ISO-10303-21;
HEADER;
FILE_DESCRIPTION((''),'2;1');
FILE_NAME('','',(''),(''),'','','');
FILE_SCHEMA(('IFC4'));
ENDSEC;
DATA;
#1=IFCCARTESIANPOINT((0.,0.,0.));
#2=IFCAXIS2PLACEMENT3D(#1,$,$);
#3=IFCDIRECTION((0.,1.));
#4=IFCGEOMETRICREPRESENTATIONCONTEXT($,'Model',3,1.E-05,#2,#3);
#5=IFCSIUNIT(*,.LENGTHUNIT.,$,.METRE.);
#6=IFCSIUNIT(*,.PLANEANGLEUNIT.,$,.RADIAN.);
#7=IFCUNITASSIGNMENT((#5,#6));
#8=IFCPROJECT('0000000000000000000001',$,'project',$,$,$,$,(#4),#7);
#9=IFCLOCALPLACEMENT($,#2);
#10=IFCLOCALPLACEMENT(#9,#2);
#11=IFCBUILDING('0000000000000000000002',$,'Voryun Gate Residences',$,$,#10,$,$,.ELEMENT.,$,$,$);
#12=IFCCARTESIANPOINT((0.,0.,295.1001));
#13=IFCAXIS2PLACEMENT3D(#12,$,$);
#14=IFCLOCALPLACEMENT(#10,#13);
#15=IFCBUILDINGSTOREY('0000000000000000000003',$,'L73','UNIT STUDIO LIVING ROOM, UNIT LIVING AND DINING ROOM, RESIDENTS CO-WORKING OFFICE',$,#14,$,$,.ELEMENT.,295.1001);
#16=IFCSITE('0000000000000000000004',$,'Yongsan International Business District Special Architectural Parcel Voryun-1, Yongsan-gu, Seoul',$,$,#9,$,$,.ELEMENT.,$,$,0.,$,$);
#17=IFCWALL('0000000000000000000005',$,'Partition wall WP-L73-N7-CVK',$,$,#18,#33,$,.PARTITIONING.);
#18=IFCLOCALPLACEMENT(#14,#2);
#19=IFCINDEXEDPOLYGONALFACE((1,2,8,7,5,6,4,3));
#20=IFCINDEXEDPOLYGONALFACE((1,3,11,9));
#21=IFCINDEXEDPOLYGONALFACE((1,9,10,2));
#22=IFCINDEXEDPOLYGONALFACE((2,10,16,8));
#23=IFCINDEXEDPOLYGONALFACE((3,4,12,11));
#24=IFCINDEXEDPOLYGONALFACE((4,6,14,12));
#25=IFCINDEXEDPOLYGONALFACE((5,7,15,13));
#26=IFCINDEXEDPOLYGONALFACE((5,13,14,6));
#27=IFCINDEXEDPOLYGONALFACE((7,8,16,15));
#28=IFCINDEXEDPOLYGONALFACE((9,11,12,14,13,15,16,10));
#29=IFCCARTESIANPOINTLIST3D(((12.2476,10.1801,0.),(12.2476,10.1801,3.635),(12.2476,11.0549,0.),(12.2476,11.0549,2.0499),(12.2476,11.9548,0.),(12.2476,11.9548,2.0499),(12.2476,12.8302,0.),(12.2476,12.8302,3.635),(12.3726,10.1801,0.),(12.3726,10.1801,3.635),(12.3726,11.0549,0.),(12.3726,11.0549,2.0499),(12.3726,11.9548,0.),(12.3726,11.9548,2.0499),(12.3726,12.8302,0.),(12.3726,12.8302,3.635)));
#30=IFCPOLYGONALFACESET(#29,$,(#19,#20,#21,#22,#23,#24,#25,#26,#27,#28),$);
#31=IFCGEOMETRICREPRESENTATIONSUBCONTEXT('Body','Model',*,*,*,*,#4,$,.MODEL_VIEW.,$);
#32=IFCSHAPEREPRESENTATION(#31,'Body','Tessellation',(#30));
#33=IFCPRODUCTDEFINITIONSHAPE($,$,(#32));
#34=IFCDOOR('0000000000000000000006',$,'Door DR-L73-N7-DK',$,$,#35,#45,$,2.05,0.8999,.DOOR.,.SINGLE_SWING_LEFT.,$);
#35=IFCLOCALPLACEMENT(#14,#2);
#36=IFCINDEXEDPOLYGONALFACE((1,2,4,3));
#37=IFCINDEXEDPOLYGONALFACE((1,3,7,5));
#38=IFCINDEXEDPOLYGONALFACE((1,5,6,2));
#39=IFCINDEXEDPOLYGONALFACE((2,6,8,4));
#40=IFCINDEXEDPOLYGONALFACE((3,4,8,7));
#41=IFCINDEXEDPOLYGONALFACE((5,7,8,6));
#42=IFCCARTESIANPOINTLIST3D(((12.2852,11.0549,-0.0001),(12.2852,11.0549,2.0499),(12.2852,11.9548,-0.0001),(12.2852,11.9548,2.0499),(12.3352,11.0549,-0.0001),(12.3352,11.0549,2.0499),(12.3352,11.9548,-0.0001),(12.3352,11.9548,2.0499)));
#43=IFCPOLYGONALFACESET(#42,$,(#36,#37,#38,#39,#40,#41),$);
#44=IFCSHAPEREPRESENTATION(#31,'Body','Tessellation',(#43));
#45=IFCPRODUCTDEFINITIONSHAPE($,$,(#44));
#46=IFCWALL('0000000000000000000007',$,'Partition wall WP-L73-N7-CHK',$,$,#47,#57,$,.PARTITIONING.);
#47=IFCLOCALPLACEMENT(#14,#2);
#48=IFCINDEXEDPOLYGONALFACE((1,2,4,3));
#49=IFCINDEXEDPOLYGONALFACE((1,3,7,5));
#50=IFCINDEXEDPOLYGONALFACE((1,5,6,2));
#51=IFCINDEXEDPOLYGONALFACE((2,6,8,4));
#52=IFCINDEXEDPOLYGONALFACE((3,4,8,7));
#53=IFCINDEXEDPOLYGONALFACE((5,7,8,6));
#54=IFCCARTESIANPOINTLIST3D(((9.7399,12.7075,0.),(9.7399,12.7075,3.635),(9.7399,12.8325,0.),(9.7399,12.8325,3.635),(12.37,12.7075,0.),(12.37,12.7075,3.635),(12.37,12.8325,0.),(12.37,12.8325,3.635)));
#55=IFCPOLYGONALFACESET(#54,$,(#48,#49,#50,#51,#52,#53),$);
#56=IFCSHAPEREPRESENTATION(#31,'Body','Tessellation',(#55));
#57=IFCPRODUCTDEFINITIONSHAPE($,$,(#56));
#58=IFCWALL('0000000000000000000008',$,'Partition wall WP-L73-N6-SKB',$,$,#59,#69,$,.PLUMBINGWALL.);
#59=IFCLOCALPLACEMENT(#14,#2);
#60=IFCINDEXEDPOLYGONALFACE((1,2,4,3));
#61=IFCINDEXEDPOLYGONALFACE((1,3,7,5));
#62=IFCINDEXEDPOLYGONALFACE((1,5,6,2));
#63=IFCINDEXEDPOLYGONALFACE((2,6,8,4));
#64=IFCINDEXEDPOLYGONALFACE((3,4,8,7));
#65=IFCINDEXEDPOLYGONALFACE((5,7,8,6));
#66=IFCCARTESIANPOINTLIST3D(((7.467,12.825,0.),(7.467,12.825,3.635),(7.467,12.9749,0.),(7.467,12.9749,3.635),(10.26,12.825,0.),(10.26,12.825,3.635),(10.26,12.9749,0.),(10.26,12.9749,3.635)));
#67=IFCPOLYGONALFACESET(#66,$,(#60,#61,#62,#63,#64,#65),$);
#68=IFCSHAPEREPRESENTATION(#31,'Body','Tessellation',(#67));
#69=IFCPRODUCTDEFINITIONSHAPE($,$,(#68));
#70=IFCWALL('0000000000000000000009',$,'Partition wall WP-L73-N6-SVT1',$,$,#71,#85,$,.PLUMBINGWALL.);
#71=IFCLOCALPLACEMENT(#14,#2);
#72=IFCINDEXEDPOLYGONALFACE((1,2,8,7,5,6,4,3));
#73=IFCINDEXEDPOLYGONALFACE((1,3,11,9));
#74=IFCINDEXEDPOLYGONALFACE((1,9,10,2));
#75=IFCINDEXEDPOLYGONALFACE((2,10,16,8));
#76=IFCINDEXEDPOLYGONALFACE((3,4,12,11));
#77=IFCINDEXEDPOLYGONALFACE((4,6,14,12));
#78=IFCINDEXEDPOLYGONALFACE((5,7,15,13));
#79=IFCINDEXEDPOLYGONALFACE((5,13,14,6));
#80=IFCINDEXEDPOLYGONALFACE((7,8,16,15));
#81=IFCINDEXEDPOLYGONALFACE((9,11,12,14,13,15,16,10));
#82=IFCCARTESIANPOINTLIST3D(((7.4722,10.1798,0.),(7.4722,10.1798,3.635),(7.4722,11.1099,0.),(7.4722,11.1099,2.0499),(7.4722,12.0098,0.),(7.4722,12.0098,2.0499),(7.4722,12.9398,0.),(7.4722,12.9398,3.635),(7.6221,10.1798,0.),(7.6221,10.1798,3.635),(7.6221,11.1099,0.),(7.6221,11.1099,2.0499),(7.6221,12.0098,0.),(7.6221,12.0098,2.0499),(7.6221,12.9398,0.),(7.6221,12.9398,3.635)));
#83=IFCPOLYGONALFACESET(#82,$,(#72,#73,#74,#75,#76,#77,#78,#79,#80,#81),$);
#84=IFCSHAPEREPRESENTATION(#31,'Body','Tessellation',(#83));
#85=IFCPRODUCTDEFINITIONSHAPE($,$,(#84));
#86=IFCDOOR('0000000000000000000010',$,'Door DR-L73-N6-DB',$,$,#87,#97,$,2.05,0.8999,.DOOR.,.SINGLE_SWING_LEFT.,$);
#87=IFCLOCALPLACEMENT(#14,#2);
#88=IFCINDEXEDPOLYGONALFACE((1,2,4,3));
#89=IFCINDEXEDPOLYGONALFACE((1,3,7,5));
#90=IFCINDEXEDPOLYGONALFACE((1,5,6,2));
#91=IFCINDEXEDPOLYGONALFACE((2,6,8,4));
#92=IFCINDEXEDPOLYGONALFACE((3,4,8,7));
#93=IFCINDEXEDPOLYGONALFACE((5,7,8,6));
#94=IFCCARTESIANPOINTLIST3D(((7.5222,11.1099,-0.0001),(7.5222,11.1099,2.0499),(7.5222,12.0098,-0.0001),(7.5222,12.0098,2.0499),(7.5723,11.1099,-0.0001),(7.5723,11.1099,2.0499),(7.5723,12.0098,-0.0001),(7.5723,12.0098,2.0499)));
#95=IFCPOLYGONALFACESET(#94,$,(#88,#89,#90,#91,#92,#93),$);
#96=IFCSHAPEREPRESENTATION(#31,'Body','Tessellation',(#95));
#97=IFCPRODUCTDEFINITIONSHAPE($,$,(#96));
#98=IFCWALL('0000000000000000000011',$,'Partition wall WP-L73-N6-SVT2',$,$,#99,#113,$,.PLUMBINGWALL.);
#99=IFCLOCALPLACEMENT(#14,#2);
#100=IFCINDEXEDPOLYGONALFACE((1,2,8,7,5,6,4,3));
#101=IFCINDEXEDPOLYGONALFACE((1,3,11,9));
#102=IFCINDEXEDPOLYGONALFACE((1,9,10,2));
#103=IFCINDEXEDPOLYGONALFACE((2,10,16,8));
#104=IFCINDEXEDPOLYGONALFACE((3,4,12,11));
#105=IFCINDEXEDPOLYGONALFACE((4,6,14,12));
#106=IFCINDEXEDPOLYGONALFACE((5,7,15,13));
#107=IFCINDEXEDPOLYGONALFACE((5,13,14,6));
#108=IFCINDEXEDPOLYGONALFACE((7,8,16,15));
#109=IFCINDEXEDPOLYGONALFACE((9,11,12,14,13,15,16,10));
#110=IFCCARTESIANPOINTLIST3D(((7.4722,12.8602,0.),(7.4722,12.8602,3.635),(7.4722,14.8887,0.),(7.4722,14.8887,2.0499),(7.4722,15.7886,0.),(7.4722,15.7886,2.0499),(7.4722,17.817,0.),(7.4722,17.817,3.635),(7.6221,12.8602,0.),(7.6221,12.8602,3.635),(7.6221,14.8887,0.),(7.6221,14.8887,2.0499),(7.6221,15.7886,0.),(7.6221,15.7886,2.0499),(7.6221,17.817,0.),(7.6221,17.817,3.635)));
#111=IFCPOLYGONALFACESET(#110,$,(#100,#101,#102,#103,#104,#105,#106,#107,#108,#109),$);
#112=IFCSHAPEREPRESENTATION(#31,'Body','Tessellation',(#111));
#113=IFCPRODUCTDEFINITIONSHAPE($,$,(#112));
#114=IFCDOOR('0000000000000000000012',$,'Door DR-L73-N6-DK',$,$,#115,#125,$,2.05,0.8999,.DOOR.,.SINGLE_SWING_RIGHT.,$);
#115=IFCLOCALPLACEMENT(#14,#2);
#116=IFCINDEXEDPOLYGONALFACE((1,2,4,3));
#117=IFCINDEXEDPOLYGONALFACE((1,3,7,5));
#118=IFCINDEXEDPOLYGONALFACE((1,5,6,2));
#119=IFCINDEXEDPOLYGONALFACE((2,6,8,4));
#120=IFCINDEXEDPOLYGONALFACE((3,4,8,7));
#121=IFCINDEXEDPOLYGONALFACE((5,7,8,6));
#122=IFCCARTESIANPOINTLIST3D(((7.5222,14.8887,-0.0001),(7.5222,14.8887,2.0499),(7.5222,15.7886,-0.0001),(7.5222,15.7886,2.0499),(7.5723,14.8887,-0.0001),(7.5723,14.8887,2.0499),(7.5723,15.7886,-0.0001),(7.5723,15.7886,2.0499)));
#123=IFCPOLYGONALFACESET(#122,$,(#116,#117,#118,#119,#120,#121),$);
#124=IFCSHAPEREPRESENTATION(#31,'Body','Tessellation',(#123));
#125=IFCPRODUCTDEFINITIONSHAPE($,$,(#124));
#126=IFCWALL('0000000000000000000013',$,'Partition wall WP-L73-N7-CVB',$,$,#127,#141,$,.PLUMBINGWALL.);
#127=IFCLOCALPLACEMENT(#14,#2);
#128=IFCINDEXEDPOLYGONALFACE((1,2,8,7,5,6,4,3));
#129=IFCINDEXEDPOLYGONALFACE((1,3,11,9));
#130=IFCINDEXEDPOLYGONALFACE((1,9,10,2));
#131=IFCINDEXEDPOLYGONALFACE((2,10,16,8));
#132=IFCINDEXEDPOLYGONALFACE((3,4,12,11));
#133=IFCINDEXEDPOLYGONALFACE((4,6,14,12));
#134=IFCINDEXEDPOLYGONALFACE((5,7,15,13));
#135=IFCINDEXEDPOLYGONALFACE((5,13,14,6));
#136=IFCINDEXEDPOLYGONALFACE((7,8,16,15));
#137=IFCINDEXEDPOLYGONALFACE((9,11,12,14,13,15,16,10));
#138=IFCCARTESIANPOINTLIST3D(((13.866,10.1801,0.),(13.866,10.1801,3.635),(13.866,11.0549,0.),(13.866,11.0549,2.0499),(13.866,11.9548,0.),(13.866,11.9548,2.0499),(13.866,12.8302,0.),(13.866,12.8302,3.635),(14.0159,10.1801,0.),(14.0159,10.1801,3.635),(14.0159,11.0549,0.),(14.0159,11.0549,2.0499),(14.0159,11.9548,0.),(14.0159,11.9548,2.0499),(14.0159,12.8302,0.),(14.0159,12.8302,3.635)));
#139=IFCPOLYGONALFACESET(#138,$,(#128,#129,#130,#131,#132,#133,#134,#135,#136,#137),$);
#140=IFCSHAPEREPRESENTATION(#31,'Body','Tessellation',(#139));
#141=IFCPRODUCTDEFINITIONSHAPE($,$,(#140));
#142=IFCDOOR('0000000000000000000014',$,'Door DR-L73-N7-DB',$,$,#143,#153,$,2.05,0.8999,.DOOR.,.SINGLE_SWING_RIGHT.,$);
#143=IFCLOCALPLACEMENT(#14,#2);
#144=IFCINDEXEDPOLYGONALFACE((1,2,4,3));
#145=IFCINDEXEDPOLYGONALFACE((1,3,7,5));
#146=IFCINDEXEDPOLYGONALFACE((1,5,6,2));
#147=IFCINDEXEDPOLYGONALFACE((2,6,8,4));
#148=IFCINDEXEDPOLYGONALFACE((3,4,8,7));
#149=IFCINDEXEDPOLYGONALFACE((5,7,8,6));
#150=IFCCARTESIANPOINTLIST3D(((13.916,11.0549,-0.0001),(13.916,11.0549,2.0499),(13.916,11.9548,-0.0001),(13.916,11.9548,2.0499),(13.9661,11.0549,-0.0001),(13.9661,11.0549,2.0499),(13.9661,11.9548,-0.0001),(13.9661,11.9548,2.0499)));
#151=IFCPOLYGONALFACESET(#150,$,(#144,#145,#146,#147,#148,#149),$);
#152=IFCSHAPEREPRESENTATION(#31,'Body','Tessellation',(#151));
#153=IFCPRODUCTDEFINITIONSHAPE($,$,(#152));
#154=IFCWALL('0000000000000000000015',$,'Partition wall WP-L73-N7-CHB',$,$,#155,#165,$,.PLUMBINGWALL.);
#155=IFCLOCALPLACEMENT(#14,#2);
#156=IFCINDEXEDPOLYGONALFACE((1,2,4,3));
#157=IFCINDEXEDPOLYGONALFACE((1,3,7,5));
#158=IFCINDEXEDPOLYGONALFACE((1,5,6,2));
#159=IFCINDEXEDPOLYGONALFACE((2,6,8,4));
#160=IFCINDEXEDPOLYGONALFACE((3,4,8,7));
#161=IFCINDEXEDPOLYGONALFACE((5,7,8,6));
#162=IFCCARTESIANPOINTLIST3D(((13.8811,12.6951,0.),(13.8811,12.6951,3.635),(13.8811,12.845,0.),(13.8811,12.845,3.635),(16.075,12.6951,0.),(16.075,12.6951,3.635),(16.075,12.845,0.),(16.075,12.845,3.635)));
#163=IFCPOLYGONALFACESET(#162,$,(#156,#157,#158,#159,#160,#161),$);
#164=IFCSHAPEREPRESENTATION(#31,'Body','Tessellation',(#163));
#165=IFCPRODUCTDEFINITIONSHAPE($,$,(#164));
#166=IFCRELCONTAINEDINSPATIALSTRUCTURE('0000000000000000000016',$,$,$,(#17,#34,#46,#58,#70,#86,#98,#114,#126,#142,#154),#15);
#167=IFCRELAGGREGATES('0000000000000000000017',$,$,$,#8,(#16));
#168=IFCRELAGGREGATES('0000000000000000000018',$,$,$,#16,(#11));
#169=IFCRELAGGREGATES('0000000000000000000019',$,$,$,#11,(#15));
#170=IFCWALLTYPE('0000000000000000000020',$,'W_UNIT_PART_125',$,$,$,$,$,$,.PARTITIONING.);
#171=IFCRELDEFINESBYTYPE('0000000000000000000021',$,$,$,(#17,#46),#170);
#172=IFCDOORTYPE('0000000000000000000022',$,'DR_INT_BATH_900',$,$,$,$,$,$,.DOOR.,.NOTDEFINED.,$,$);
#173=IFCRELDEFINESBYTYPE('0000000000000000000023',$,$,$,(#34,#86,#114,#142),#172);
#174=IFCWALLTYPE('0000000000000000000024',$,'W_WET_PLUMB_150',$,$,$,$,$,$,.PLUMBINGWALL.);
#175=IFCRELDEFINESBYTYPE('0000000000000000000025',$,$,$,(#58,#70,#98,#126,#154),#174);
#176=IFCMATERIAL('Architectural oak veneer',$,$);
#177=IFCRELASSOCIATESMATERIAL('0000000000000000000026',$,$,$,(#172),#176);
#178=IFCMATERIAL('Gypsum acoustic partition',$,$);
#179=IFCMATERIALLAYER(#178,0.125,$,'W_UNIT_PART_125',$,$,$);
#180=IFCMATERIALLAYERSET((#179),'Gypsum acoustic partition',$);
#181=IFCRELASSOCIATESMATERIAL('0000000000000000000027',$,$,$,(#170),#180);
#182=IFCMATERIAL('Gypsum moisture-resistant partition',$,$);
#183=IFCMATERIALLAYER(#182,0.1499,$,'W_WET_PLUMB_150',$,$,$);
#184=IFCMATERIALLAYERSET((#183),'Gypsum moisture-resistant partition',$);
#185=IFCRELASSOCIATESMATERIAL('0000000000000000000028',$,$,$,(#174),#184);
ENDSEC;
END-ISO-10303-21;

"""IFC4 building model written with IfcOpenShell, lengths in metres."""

from ifc_helpers import new_model, si_unit, direction, frame, frame_2d, origin, place, context, subcontext, project, spatial, rectangle, extrude, material, layer, layer_set, type_object, element, fill, save


model = new_model("IFC4")

# Units and contexts
model_context = context("Model", 3, precision=1e-05, world=origin(), true_north=direction((0.0, 1.0)))
body_context = subcontext(model_context, "Body", "Model", "MODEL_VIEW")
ifc_project = project(units=[si_unit("LENGTHUNIT", "METRE"), si_unit("PLANEANGLEUNIT", "RADIAN")], contexts=[model_context])

# Site, building, storey
site_placement = place(None, origin())
site = spatial("IfcSite", under=ifc_project, at=site_placement, Name="Yongsan International Business District Special Architectural Parcel Voryun-1, Yongsan-gu, Seoul", CompositionType="ELEMENT", RefElevation=0.0)
building_placement = place(site_placement, origin())
building = spatial("IfcBuilding", under=site, at=building_placement, Name="Voryun Gate Residences", CompositionType="ELEMENT")
storey_placement = place(building_placement, frame((0.0, 0.0, 295.1001)))
storey = spatial("IfcBuildingStorey", under=building, at=storey_placement, Name="L73", Description="UNIT STUDIO LIVING ROOM, UNIT LIVING AND DINING ROOM, RESIDENTS CO-WORKING OFFICE", CompositionType="ELEMENT", Elevation=295.1001)

# Shared definitions
ifc_material_1 = material(Name="Architectural oak veneer")
door_type = type_object("IfcDoorType", Name="DR_INT_BATH_900", OperationType="NOTDEFINED", PredefinedType="DOOR", material=ifc_material_1)

# Wall, opening, door
ifc_material_2 = material(Name="Gypsum acoustic partition")
ifc_layer_1 = layer(ifc_material_2, 0.125, Name="W_UNIT_PART_125")
ifc_layer_set_1 = layer_set([ifc_layer_1], Name="Gypsum acoustic partition")
wall_type_1 = type_object("IfcWallType", Name="W_UNIT_PART_125", PredefinedType="PARTITIONING", material=ifc_layer_set_1)
wall_1_placement = place(storey_placement, frame((12.3101, 10.1799, 0.0), z_axis=(0.0, 0.0, 1.0), x_axis=(0.0, 1.0, 0.0)))
wall_1 = element("IfcWall", 1, at=wall_1_placement, inside=storey, type_object=wall_type_1, Name="Partition wall WP-L73-N7-CVK", PredefinedType="PARTITIONING", context=body_context, shape_type="SweptSolid", body=[
    extrude(rectangle(XDim=2.6501, YDim=0.125, at=frame_2d((1.3252, 0.0))), origin(), (0.0, 0.0, 1.0), 3.635),
])
opening_1_placement = place(wall_1_placement, frame((0.875, 0.0, 0.0)))
opening_1 = element("IfcOpeningElement", 2, at=opening_1_placement, cuts=wall_1, PredefinedType="OPENING", context=body_context, shape_type="SweptSolid", body=[
    extrude(rectangle(XDim=0.8999, YDim=2.05, at=frame_2d((0.45, 1.0249))), frame((0.0, 0.0725, 0.0), z_axis=(0.0, -1.0, 0.0), x_axis=(1.0, 0.0, 0.0)), (0.0, 0.0, 1.0), 0.145),
])
door_1_placement = place(opening_1_placement, origin())
door_1 = element("IfcDoor", 3, at=door_1_placement, inside=storey, type_object=door_type, Name="Door DR-L73-N7-DK", OperationType="SINGLE_SWING_LEFT", OverallHeight=2.05, OverallWidth=0.8999, PredefinedType="DOOR", context=body_context, shape_type="SweptSolid", body=[
    extrude(rectangle(XDim=0.8999, YDim=2.05, at=frame_2d((0.45, 1.0249))), frame((0.0, 0.0249, 0.0), z_axis=(0.0, -1.0, 0.0), x_axis=(1.0, 0.0, 0.0)), (0.0, 0.0, 1.0), 0.05),
])
fill(opening_1, door_1)

# Walls
wall_2_placement = place(storey_placement, frame((9.74, 12.77, 0.0), z_axis=(0.0, 0.0, 1.0), x_axis=(1.0, 0.0, 0.0)))
element("IfcWall", 4, at=wall_2_placement, inside=storey, type_object=wall_type_1, Name="Partition wall WP-L73-N7-CHK", PredefinedType="PARTITIONING", context=body_context, shape_type="SweptSolid", body=[
    extrude(rectangle(XDim=2.6301, YDim=0.125, at=frame_2d((1.3149, 0.0))), origin(), (0.0, 0.0, 1.0), 3.635),
])
ifc_material_3 = material(Name="Gypsum moisture-resistant partition")
ifc_layer_2 = layer(ifc_material_3, 0.1499, Name="W_WET_PLUMB_150")
ifc_layer_set_2 = layer_set([ifc_layer_2], Name="Gypsum moisture-resistant partition")
wall_type_2 = type_object("IfcWallType", Name="W_WET_PLUMB_150", PredefinedType="PLUMBINGWALL", material=ifc_layer_set_2)
wall_3_placement = place(storey_placement, frame((7.467, 12.8999, 0.0), z_axis=(0.0, 0.0, 1.0), x_axis=(1.0, 0.0, 0.0)))
element("IfcWall", 5, at=wall_3_placement, inside=storey, type_object=wall_type_2, Name="Partition wall WP-L73-N6-SKB", PredefinedType="PLUMBINGWALL", context=body_context, shape_type="SweptSolid", body=[
    extrude(rectangle(XDim=2.793, YDim=0.1499, at=frame_2d((1.3965, 0.0))), origin(), (0.0, 0.0, 1.0), 3.635),
])

# Walls, openings, doors
wall_4_placement = place(storey_placement, frame((7.5471, 10.1799, 0.0), z_axis=(0.0, 0.0, 1.0), x_axis=(0.0, 1.0, 0.0)))
wall_4 = element("IfcWall", 6, at=wall_4_placement, inside=storey, type_object=wall_type_2, Name="Partition wall WP-L73-N6-SVT1", PredefinedType="PLUMBINGWALL", context=body_context, shape_type="SweptSolid", body=[
    extrude(rectangle(XDim=2.76, YDim=0.1499, at=frame_2d((1.3799, 0.0))), origin(), (0.0, 0.0, 1.0), 3.635),
])
opening_2_placement = place(wall_4_placement, frame((0.9299, 0.0, 0.0)))
opening_2 = element("IfcOpeningElement", 7, at=opening_2_placement, cuts=wall_4, PredefinedType="OPENING", context=body_context, shape_type="SweptSolid", body=[
    extrude(rectangle(XDim=0.8999, YDim=2.05, at=frame_2d((0.45, 1.0249))), frame((0.0, 0.085, 0.0), z_axis=(0.0, -1.0, 0.0), x_axis=(1.0, 0.0, 0.0)), (0.0, 0.0, 1.0), 0.1699),
])
door_2_placement = place(opening_2_placement, origin())
door_2 = element("IfcDoor", 8, at=door_2_placement, inside=storey, type_object=door_type, Name="Door DR-L73-N6-DB", OperationType="SINGLE_SWING_LEFT", OverallHeight=2.05, OverallWidth=0.8999, PredefinedType="DOOR", context=body_context, shape_type="SweptSolid", body=[
    extrude(rectangle(XDim=0.8999, YDim=2.05, at=frame_2d((0.45, 1.0249))), frame((0.0, 0.0249, 0.0), z_axis=(0.0, -1.0, 0.0), x_axis=(1.0, 0.0, 0.0)), (0.0, 0.0, 1.0), 0.05),
])
fill(opening_2, door_2)
wall_5_placement = place(storey_placement, frame((7.5471, 12.8601, 0.0), z_axis=(0.0, 0.0, 1.0), x_axis=(0.0, 1.0, 0.0)))
wall_5 = element("IfcWall", 9, at=wall_5_placement, inside=storey, type_object=wall_type_2, Name="Partition wall WP-L73-N6-SVT2", PredefinedType="PLUMBINGWALL", context=body_context, shape_type="SweptSolid", body=[
    extrude(rectangle(XDim=4.9568, YDim=0.1499, at=frame_2d((2.4785, 0.0))), origin(), (0.0, 0.0, 1.0), 3.635),
])
opening_3_placement = place(wall_5_placement, frame((2.0286, 0.0, 0.0)))
opening_3 = element("IfcOpeningElement", 10, at=opening_3_placement, cuts=wall_5, PredefinedType="OPENING", context=body_context, shape_type="SweptSolid", body=[
    extrude(rectangle(XDim=0.8999, YDim=2.05, at=frame_2d((0.45, 1.0249))), frame((0.0, 0.085, 0.0), z_axis=(0.0, -1.0, 0.0), x_axis=(1.0, 0.0, 0.0)), (0.0, 0.0, 1.0), 0.1699),
])
door_3_placement = place(opening_3_placement, origin())
door_3 = element("IfcDoor", 11, at=door_3_placement, inside=storey, type_object=door_type, Name="Door DR-L73-N6-DK", OperationType="SINGLE_SWING_RIGHT", OverallHeight=2.05, OverallWidth=0.8999, PredefinedType="DOOR", context=body_context, shape_type="SweptSolid", body=[
    extrude(rectangle(XDim=0.8999, YDim=2.05, at=frame_2d((0.45, 1.0249))), frame((0.0, 0.0249, 0.0), z_axis=(0.0, -1.0, 0.0), x_axis=(1.0, 0.0, 0.0)), (0.0, 0.0, 1.0), 0.05),
])
fill(opening_3, door_3)
wall_6_placement = place(storey_placement, frame((13.9409, 10.1799, 0.0), z_axis=(0.0, 0.0, 1.0), x_axis=(0.0, 1.0, 0.0)))
wall_6 = element("IfcWall", 12, at=wall_6_placement, inside=storey, type_object=wall_type_2, Name="Partition wall WP-L73-N7-CVB", PredefinedType="PLUMBINGWALL", context=body_context, shape_type="SweptSolid", body=[
    extrude(rectangle(XDim=2.6501, YDim=0.1499, at=frame_2d((1.3252, 0.0))), origin(), (0.0, 0.0, 1.0), 3.635),
])
opening_4_placement = place(wall_6_placement, frame((0.875, 0.0, 0.0)))
opening_4 = element("IfcOpeningElement", 13, at=opening_4_placement, cuts=wall_6, PredefinedType="OPENING", context=body_context, shape_type="SweptSolid", body=[
    extrude(rectangle(XDim=0.8999, YDim=2.05, at=frame_2d((0.45, 1.0249))), frame((0.0, 0.085, 0.0), z_axis=(0.0, -1.0, 0.0), x_axis=(1.0, 0.0, 0.0)), (0.0, 0.0, 1.0), 0.1699),
])
door_4_placement = place(opening_4_placement, origin())
door_4 = element("IfcDoor", 14, at=door_4_placement, inside=storey, type_object=door_type, Name="Door DR-L73-N7-DB", OperationType="SINGLE_SWING_RIGHT", OverallHeight=2.05, OverallWidth=0.8999, PredefinedType="DOOR", context=body_context, shape_type="SweptSolid", body=[
    extrude(rectangle(XDim=0.8999, YDim=2.05, at=frame_2d((0.45, 1.0249))), frame((0.0, 0.0249, 0.0), z_axis=(0.0, -1.0, 0.0), x_axis=(1.0, 0.0, 0.0)), (0.0, 0.0, 1.0), 0.05),
])
fill(opening_4, door_4)

# Wall
wall_7_placement = place(storey_placement, frame((13.8811, 12.77, 0.0), z_axis=(0.0, 0.0, 1.0), x_axis=(1.0, 0.0, 0.0)))
element("IfcWall", 15, at=wall_7_placement, inside=storey, type_object=wall_type_2, Name="Partition wall WP-L73-N7-CHB", PredefinedType="PLUMBINGWALL", context=body_context, shape_type="SweptSolid", body=[
    extrude(rectangle(XDim=2.1938, YDim=0.1499, at=frame_2d((1.0969, 0.0))), origin(), (0.0, 0.0, 1.0), 3.635),
])

save(model, "model.ifc")
